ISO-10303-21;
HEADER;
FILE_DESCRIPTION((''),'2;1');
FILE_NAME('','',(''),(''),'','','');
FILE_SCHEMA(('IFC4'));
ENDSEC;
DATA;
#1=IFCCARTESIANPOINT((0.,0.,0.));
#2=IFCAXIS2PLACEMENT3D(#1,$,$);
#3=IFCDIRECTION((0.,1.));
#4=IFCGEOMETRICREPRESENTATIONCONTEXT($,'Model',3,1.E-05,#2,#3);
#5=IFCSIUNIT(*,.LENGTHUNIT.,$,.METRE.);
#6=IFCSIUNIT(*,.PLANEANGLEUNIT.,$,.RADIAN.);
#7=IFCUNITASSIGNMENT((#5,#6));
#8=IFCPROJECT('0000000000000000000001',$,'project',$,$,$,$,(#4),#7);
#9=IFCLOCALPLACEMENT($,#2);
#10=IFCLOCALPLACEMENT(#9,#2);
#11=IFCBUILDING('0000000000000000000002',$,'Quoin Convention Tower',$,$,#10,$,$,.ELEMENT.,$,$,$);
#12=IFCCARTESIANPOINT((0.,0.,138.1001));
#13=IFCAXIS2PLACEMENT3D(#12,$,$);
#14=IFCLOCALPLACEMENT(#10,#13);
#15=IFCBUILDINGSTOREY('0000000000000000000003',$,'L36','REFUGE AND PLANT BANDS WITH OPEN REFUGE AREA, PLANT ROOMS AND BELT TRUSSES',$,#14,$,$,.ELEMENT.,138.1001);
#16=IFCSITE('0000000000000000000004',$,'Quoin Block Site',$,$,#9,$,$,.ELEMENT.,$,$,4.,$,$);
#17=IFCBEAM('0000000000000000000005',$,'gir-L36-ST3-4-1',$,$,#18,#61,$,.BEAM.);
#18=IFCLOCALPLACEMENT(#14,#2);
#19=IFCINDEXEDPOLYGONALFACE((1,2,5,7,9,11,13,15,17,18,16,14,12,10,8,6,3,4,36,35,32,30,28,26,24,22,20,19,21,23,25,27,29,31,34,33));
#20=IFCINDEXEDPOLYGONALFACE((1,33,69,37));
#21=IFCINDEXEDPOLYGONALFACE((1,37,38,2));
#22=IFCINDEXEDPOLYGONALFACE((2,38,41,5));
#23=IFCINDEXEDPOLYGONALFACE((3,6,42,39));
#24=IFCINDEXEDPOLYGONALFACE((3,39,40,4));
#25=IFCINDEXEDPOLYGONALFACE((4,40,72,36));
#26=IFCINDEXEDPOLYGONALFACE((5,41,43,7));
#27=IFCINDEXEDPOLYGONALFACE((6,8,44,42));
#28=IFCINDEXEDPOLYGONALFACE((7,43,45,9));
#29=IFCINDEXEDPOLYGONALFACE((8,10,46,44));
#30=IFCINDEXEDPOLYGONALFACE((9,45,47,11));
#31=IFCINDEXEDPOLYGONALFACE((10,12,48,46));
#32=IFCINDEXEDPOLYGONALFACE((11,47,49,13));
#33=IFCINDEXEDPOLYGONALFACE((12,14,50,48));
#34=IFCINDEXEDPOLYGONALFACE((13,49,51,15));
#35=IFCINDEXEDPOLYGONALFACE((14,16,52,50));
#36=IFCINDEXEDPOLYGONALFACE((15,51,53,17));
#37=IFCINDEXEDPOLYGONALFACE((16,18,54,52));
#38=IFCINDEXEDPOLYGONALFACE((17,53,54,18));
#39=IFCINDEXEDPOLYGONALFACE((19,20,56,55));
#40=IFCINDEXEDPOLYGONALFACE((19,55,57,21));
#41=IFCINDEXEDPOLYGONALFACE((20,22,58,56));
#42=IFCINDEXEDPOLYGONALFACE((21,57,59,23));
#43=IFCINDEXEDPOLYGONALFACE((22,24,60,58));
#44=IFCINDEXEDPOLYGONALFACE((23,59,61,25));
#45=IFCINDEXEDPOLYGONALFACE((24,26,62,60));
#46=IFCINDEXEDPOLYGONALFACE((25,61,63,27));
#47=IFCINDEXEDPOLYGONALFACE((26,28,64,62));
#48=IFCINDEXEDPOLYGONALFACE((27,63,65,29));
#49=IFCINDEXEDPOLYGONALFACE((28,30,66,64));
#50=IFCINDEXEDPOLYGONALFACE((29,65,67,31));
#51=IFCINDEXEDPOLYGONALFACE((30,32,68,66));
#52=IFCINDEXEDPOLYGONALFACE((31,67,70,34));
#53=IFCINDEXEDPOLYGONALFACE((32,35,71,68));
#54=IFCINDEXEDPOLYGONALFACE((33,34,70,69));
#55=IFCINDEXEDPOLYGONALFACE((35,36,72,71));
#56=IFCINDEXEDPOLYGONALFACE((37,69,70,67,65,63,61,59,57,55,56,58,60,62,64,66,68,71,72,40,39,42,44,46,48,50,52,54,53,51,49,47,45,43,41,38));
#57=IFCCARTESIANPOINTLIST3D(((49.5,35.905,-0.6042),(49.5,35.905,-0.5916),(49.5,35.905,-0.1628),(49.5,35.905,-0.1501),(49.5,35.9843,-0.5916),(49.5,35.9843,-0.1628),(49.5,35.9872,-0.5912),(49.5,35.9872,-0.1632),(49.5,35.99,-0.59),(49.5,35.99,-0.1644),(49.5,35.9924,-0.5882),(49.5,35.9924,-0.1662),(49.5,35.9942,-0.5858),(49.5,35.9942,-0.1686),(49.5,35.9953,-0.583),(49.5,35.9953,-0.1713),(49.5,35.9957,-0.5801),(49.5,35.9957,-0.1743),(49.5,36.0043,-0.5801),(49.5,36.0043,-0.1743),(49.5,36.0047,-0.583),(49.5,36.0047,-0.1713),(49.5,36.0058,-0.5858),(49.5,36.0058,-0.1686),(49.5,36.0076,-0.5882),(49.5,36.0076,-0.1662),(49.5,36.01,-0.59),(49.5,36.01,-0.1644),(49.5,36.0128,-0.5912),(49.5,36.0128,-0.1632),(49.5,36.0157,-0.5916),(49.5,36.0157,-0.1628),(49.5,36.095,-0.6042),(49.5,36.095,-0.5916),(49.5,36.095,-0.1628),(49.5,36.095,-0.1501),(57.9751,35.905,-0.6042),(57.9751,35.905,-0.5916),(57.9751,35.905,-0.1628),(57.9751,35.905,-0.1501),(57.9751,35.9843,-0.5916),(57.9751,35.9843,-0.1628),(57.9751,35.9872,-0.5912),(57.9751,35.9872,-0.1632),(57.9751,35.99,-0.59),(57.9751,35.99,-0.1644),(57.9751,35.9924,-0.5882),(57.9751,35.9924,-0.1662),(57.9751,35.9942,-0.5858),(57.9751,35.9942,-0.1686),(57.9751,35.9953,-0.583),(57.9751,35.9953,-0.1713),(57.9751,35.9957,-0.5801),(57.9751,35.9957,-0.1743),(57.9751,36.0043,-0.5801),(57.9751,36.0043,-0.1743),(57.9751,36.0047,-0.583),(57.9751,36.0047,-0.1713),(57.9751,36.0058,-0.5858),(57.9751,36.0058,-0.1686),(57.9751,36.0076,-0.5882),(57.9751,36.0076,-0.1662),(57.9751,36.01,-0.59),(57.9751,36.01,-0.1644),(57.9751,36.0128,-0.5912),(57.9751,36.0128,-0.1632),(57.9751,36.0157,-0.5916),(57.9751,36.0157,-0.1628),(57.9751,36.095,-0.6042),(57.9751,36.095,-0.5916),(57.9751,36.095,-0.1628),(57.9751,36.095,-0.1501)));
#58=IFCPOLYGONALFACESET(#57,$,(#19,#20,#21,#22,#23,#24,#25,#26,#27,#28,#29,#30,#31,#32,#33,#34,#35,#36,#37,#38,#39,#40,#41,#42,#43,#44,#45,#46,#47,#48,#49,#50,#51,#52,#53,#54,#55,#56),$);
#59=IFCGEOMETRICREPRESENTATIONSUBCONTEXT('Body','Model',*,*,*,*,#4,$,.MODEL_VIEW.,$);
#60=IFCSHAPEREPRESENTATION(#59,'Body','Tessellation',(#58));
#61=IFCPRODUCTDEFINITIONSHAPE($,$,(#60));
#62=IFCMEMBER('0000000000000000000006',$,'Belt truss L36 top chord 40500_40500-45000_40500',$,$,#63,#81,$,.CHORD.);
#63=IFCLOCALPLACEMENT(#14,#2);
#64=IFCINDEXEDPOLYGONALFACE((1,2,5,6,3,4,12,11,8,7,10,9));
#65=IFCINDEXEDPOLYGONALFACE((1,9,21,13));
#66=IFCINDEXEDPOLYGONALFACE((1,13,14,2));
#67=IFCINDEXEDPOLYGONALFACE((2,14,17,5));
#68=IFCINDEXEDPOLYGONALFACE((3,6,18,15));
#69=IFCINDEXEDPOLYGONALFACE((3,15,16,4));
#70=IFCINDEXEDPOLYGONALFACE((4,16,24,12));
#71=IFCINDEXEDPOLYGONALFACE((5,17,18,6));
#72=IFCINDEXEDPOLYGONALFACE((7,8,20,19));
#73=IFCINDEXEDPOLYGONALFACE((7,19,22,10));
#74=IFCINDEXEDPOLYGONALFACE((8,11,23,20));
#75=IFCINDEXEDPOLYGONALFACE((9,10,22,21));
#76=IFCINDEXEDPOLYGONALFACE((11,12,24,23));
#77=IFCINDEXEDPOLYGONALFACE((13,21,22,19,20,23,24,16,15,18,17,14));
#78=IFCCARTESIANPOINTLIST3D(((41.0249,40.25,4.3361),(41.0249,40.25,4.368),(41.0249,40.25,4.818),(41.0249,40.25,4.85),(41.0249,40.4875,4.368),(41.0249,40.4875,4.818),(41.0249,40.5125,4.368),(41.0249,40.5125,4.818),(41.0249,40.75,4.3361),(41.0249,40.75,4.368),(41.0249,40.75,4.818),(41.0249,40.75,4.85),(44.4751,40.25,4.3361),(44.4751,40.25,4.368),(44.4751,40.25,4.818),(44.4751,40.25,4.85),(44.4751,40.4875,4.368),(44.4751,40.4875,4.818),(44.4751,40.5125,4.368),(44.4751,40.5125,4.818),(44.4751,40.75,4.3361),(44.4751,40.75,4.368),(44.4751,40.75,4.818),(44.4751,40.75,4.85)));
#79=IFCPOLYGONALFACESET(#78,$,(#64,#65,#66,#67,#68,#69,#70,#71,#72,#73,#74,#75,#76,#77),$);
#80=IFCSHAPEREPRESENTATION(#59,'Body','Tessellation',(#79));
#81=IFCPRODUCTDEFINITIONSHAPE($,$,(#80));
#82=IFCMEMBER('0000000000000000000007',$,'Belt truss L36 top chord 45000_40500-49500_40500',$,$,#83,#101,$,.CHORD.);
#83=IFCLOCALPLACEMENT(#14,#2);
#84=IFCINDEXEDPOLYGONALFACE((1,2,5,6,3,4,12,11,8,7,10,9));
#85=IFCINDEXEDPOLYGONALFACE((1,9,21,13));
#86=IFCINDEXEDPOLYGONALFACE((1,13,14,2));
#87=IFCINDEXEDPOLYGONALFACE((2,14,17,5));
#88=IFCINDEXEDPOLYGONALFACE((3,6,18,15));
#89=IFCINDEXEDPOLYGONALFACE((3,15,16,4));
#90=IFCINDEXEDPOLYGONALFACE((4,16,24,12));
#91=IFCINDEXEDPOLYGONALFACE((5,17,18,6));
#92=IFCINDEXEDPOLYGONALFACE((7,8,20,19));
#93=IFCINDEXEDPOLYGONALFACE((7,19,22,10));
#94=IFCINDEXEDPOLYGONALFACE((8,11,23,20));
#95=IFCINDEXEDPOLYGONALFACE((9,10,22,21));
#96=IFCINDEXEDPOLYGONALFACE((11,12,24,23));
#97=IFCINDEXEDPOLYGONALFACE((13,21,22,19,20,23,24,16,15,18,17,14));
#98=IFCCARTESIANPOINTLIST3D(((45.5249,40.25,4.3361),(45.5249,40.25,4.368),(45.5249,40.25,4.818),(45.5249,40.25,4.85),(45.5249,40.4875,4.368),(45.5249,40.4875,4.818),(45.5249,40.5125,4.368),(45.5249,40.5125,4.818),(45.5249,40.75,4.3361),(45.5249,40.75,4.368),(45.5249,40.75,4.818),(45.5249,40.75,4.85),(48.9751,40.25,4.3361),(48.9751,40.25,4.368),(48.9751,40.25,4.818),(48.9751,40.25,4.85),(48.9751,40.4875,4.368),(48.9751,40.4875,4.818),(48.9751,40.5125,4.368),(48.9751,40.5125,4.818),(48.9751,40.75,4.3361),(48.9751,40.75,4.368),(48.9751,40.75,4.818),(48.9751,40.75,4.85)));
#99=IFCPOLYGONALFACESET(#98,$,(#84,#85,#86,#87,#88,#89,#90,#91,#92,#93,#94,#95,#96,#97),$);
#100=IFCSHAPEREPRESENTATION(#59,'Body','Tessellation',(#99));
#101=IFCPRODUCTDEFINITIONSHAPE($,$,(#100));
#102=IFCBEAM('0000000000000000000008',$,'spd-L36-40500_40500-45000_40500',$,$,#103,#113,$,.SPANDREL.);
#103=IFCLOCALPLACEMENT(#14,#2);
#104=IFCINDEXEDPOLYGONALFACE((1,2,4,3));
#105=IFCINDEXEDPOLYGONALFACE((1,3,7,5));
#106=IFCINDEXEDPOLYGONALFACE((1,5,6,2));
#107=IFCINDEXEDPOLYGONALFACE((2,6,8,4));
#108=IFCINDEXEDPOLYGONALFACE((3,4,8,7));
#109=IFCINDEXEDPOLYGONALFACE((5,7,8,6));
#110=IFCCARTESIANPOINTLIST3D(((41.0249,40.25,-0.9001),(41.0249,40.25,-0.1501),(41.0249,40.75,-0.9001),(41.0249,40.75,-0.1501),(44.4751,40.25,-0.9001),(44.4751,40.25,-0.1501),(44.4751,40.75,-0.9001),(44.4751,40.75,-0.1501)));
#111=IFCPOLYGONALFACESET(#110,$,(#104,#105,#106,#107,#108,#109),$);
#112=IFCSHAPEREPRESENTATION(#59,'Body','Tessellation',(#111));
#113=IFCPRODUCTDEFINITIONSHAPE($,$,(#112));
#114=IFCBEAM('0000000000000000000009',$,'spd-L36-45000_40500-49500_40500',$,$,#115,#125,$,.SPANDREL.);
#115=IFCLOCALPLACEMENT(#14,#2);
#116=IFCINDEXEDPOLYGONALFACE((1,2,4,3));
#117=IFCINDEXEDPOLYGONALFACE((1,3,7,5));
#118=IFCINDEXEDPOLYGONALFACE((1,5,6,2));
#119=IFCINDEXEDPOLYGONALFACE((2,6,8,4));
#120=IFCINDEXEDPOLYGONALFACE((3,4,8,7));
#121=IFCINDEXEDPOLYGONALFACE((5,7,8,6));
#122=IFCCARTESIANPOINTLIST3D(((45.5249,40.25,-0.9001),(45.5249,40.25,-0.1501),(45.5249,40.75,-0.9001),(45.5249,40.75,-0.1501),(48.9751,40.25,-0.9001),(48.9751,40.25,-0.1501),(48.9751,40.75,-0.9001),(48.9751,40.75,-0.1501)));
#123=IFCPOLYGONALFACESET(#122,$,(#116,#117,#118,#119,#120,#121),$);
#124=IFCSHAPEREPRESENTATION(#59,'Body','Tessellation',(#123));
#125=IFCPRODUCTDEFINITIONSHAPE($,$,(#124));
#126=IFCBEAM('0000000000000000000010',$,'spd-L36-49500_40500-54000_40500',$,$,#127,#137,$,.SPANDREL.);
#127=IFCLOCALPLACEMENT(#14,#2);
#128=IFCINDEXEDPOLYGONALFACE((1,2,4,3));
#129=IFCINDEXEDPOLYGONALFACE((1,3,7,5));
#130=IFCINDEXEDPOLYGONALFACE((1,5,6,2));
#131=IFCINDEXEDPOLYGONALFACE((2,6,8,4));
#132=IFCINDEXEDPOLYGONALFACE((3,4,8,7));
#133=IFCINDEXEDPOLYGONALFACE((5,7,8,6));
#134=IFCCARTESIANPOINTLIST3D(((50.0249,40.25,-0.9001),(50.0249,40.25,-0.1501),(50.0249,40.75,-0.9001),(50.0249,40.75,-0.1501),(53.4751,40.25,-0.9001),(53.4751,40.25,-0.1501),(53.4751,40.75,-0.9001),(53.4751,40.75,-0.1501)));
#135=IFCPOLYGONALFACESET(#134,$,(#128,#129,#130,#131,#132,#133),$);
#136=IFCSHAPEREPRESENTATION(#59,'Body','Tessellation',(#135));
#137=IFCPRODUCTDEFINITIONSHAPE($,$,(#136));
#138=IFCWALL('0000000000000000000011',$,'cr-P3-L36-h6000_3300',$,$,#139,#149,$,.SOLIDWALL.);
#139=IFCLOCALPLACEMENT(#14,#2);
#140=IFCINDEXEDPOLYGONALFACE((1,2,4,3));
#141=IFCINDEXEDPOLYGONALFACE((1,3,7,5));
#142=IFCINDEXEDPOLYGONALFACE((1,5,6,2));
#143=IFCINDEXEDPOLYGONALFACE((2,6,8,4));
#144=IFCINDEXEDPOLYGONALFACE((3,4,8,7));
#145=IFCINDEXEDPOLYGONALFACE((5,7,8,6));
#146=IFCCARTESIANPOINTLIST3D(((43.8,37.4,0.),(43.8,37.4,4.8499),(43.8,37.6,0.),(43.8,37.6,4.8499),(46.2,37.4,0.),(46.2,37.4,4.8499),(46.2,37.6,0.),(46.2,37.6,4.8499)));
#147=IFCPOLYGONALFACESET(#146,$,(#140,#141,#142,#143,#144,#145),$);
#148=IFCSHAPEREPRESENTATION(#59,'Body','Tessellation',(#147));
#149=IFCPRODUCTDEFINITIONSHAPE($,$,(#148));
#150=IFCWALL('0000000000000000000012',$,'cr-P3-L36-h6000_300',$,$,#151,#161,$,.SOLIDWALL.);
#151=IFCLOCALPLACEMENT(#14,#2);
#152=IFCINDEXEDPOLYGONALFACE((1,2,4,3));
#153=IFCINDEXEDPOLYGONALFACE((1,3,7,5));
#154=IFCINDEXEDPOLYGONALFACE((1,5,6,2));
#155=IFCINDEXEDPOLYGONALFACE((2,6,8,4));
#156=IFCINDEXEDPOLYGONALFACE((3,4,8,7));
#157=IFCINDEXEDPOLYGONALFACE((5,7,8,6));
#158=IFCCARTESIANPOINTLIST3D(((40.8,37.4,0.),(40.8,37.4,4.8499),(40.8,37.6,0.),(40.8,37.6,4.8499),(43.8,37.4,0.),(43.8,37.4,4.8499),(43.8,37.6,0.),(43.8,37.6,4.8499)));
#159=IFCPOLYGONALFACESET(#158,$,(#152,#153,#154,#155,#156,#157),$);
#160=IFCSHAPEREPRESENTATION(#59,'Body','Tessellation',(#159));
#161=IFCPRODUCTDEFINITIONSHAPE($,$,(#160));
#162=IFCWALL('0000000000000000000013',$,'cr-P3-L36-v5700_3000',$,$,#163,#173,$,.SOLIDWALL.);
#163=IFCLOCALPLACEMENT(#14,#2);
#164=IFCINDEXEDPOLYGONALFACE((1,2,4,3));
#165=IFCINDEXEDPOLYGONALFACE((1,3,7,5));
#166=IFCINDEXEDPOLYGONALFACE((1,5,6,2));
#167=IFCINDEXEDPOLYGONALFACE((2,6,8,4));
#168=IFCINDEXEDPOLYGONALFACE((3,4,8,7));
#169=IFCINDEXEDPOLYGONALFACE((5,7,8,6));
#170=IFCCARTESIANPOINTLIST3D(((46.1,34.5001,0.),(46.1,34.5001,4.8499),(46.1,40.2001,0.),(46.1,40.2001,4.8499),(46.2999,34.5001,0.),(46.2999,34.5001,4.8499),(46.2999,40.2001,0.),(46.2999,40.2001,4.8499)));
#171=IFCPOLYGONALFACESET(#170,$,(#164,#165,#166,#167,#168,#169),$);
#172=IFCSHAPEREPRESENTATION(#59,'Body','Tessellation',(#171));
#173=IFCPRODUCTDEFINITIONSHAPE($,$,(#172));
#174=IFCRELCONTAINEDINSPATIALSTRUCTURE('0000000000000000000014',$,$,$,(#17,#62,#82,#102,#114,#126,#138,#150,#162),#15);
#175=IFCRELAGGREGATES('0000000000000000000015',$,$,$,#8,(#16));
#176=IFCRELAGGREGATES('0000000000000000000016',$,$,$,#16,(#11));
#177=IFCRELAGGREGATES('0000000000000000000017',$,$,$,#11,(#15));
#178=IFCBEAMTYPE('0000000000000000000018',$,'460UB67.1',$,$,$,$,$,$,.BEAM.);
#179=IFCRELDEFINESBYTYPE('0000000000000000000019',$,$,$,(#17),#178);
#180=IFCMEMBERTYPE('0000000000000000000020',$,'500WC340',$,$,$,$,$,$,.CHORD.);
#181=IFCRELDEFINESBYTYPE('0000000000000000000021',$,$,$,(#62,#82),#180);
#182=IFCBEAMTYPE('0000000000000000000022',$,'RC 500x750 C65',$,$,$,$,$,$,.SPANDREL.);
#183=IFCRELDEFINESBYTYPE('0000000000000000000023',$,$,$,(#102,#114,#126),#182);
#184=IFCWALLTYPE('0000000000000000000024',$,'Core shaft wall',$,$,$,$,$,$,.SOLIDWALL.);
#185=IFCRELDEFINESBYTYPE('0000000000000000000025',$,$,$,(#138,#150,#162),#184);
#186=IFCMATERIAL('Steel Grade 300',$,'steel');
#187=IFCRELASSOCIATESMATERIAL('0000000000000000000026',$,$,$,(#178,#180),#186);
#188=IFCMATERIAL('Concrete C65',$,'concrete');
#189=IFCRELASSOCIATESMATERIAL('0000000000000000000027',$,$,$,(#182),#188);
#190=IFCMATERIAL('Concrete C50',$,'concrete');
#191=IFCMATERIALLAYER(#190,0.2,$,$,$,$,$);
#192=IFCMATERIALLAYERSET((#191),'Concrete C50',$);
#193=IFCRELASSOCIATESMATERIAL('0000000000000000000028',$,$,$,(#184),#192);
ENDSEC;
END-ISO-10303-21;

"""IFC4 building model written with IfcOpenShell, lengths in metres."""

from ifc_helpers import new_model, si_unit, direction, frame, frame_2d, origin, origin_2d, place, context, subcontext, project, spatial, rectangle, i_section, extrude, material, layer, layer_set, material_profile, profile_set, type_object, element, save


model = new_model("IFC4")

# Units and contexts
model_context = context("Model", 3, precision=1e-05, world=origin(), true_north=direction((0.0, 1.0)))
body_context = subcontext(model_context, "Body", "Model", "MODEL_VIEW")
ifc_project = project(units=[si_unit("LENGTHUNIT", "METRE"), si_unit("PLANEANGLEUNIT", "RADIAN")], contexts=[model_context])

# Site, building, storey
site_placement = place(None, origin())
site = spatial("IfcSite", under=ifc_project, at=site_placement, Name="Quoin Block Site", CompositionType="ELEMENT", RefElevation=4.0)
building_placement = place(site_placement, origin())
building = spatial("IfcBuilding", under=site, at=building_placement, Name="Quoin Convention Tower", CompositionType="ELEMENT")
storey_placement = place(building_placement, frame((0.0, 0.0, 138.1001)))
storey = spatial("IfcBuildingStorey", under=building, at=storey_placement, Name="L36", Description="REFUGE AND PLANT BANDS WITH OPEN REFUGE AREA, PLANT ROOMS AND BELT TRUSSES", CompositionType="ELEMENT", Elevation=138.1001)

# Shared definitions
ifc_material_1 = material(Name="Concrete C65", Category="concrete")

# Shared definitions
ifc_material_2 = material(Name="Steel Grade 300", Category="steel")

# Beam
ifc_material_profile_1 = material_profile(ifc_material_2, i_section(OverallWidth=0.1899, OverallDepth=0.4541, WebThickness=0.0085, FlangeThickness=0.0127, FilletRadius=0.0115, at=origin_2d()), Name="460UB67.1")
ifc_profile_set_1 = profile_set([ifc_material_profile_1], Name="Steel Grade 300")
beam_type_1 = type_object("IfcBeamType", Name="460UB67.1", PredefinedType="BEAM", material=ifc_profile_set_1)
beam_placement = place(storey_placement, frame((49.5, 36.0, -0.3772), z_axis=(1.0, 0.0, 0.0), x_axis=(0.0, 1.0, 0.0)))
element("IfcBeam", 1, at=beam_placement, inside=storey, type_object=beam_type_1, Name="gir-L36-ST3-4-1", PredefinedType="BEAM", context=body_context, shape_type="SweptSolid", body=[
    extrude(i_section(OverallWidth=0.1899, OverallDepth=0.4541, WebThickness=0.0085, FlangeThickness=0.0127, FilletRadius=0.0115, at=origin_2d()), origin(), (0.0, 0.0, 1.0), 8.4751),
])

# Members
ifc_material_profile_2 = material_profile(ifc_material_2, i_section(OverallWidth=0.5, OverallDepth=0.5139, WebThickness=0.0249, FlangeThickness=0.032, at=origin_2d()), Name="500WC340")
ifc_profile_set_2 = profile_set([ifc_material_profile_2], Name="Steel Grade 300")
member_type_1 = type_object("IfcMemberType", Name="500WC340", PredefinedType="CHORD", material=ifc_profile_set_2)
for number, where, z_axis, x_axis, name in (
    (2, (41.0249, 40.5, 4.593), (1.0, 0.0, 0.0), (0.0, 1.0, 0.0), "Belt truss L36 top chord 40500_40500-45000_40500"),
    (3, (45.5249, 40.5, 4.593), (1.0, 0.0, 0.0), (0.0, 1.0, 0.0), "Belt truss L36 top chord 45000_40500-49500_40500"),
):
    element("IfcMember", number, at=place(storey_placement, frame(where, z_axis=z_axis, x_axis=x_axis)), inside=storey, type_object=member_type_1, Name=name, PredefinedType="CHORD", context=body_context, shape_type="SweptSolid", body=[
        extrude(i_section(OverallWidth=0.5, OverallDepth=0.5139, WebThickness=0.0249, FlangeThickness=0.032, at=origin_2d()), origin(), (0.0, 0.0, 1.0), 3.4502),
    ])

# Beams
ifc_material_profile_3 = material_profile(ifc_material_1, rectangle(XDim=0.5, YDim=0.75, at=origin_2d()), Name="RC 500x750")
ifc_profile_set_3 = profile_set([ifc_material_profile_3], Name="Concrete C65")
beam_type_2 = type_object("IfcBeamType", Name="RC 500x750 C65", PredefinedType="SPANDREL", material=ifc_profile_set_3)
for number, where, z_axis, x_axis, name in (
    (4, (41.0249, 40.5, -0.5251), (1.0, 0.0, 0.0), (0.0, 1.0, 0.0), "spd-L36-40500_40500-45000_40500"),
    (5, (45.5249, 40.5, -0.5251), (1.0, 0.0, 0.0), (0.0, 1.0, 0.0), "spd-L36-45000_40500-49500_40500"),
    (6, (50.0249, 40.5, -0.5251), (1.0, 0.0, 0.0), (0.0, 1.0, 0.0), "spd-L36-49500_40500-54000_40500"),
):
    element("IfcBeam", number, at=place(storey_placement, frame(where, z_axis=z_axis, x_axis=x_axis)), inside=storey, type_object=beam_type_2, Name=name, PredefinedType="SPANDREL", context=body_context, shape_type="SweptSolid", body=[
        extrude(rectangle(XDim=0.5, YDim=0.75, at=origin_2d()), origin(), (0.0, 0.0, 1.0), 3.4502),
    ])

# Walls
ifc_material_3 = material(Name="Concrete C50", Category="concrete")
ifc_layer_1 = layer(ifc_material_3, 0.2)
ifc_layer_set_1 = layer_set([ifc_layer_1], Name="Concrete C50")
wall_type_1 = type_object("IfcWallType", Name="Core shaft wall", PredefinedType="SOLIDWALL", material=ifc_layer_set_1)
wall_1_placement = place(storey_placement, frame((43.8, 37.5, 0.0), z_axis=(0.0, 0.0, 1.0), x_axis=(1.0, 0.0, 0.0)))
element("IfcWall", 7, at=wall_1_placement, inside=storey, type_object=wall_type_1, Name="cr-P3-L36-h6000_3300", PredefinedType="SOLIDWALL", context=body_context, shape_type="SweptSolid", body=[
    extrude(rectangle(XDim=2.3999, YDim=0.2, at=frame_2d((1.2, 0.0))), origin(), (0.0, 0.0, 1.0), 4.8499),
])
wall_2_placement = place(storey_placement, frame((40.8, 37.5, 0.0), z_axis=(0.0, 0.0, 1.0), x_axis=(1.0, 0.0, 0.0)))
element("IfcWall", 8, at=wall_2_placement, inside=storey, type_object=wall_type_1, Name="cr-P3-L36-h6000_300", PredefinedType="SOLIDWALL", context=body_context, shape_type="SweptSolid", body=[
    extrude(rectangle(XDim=3.0, YDim=0.2, at=frame_2d((1.5, 0.0))), origin(), (0.0, 0.0, 1.0), 4.8499),
])
wall_3_placement = place(storey_placement, frame((46.2, 34.5, 0.0), z_axis=(0.0, 0.0, 1.0), x_axis=(0.0, 1.0, 0.0)))
element("IfcWall", 9, at=wall_3_placement, inside=storey, type_object=wall_type_1, Name="cr-P3-L36-v5700_3000", PredefinedType="SOLIDWALL", context=body_context, shape_type="SweptSolid", body=[
    extrude(rectangle(XDim=5.7, YDim=0.2, at=frame_2d((2.8501, 0.0))), origin(), (0.0, 0.0, 1.0), 4.8499),
])

save(model, "model.ifc")
